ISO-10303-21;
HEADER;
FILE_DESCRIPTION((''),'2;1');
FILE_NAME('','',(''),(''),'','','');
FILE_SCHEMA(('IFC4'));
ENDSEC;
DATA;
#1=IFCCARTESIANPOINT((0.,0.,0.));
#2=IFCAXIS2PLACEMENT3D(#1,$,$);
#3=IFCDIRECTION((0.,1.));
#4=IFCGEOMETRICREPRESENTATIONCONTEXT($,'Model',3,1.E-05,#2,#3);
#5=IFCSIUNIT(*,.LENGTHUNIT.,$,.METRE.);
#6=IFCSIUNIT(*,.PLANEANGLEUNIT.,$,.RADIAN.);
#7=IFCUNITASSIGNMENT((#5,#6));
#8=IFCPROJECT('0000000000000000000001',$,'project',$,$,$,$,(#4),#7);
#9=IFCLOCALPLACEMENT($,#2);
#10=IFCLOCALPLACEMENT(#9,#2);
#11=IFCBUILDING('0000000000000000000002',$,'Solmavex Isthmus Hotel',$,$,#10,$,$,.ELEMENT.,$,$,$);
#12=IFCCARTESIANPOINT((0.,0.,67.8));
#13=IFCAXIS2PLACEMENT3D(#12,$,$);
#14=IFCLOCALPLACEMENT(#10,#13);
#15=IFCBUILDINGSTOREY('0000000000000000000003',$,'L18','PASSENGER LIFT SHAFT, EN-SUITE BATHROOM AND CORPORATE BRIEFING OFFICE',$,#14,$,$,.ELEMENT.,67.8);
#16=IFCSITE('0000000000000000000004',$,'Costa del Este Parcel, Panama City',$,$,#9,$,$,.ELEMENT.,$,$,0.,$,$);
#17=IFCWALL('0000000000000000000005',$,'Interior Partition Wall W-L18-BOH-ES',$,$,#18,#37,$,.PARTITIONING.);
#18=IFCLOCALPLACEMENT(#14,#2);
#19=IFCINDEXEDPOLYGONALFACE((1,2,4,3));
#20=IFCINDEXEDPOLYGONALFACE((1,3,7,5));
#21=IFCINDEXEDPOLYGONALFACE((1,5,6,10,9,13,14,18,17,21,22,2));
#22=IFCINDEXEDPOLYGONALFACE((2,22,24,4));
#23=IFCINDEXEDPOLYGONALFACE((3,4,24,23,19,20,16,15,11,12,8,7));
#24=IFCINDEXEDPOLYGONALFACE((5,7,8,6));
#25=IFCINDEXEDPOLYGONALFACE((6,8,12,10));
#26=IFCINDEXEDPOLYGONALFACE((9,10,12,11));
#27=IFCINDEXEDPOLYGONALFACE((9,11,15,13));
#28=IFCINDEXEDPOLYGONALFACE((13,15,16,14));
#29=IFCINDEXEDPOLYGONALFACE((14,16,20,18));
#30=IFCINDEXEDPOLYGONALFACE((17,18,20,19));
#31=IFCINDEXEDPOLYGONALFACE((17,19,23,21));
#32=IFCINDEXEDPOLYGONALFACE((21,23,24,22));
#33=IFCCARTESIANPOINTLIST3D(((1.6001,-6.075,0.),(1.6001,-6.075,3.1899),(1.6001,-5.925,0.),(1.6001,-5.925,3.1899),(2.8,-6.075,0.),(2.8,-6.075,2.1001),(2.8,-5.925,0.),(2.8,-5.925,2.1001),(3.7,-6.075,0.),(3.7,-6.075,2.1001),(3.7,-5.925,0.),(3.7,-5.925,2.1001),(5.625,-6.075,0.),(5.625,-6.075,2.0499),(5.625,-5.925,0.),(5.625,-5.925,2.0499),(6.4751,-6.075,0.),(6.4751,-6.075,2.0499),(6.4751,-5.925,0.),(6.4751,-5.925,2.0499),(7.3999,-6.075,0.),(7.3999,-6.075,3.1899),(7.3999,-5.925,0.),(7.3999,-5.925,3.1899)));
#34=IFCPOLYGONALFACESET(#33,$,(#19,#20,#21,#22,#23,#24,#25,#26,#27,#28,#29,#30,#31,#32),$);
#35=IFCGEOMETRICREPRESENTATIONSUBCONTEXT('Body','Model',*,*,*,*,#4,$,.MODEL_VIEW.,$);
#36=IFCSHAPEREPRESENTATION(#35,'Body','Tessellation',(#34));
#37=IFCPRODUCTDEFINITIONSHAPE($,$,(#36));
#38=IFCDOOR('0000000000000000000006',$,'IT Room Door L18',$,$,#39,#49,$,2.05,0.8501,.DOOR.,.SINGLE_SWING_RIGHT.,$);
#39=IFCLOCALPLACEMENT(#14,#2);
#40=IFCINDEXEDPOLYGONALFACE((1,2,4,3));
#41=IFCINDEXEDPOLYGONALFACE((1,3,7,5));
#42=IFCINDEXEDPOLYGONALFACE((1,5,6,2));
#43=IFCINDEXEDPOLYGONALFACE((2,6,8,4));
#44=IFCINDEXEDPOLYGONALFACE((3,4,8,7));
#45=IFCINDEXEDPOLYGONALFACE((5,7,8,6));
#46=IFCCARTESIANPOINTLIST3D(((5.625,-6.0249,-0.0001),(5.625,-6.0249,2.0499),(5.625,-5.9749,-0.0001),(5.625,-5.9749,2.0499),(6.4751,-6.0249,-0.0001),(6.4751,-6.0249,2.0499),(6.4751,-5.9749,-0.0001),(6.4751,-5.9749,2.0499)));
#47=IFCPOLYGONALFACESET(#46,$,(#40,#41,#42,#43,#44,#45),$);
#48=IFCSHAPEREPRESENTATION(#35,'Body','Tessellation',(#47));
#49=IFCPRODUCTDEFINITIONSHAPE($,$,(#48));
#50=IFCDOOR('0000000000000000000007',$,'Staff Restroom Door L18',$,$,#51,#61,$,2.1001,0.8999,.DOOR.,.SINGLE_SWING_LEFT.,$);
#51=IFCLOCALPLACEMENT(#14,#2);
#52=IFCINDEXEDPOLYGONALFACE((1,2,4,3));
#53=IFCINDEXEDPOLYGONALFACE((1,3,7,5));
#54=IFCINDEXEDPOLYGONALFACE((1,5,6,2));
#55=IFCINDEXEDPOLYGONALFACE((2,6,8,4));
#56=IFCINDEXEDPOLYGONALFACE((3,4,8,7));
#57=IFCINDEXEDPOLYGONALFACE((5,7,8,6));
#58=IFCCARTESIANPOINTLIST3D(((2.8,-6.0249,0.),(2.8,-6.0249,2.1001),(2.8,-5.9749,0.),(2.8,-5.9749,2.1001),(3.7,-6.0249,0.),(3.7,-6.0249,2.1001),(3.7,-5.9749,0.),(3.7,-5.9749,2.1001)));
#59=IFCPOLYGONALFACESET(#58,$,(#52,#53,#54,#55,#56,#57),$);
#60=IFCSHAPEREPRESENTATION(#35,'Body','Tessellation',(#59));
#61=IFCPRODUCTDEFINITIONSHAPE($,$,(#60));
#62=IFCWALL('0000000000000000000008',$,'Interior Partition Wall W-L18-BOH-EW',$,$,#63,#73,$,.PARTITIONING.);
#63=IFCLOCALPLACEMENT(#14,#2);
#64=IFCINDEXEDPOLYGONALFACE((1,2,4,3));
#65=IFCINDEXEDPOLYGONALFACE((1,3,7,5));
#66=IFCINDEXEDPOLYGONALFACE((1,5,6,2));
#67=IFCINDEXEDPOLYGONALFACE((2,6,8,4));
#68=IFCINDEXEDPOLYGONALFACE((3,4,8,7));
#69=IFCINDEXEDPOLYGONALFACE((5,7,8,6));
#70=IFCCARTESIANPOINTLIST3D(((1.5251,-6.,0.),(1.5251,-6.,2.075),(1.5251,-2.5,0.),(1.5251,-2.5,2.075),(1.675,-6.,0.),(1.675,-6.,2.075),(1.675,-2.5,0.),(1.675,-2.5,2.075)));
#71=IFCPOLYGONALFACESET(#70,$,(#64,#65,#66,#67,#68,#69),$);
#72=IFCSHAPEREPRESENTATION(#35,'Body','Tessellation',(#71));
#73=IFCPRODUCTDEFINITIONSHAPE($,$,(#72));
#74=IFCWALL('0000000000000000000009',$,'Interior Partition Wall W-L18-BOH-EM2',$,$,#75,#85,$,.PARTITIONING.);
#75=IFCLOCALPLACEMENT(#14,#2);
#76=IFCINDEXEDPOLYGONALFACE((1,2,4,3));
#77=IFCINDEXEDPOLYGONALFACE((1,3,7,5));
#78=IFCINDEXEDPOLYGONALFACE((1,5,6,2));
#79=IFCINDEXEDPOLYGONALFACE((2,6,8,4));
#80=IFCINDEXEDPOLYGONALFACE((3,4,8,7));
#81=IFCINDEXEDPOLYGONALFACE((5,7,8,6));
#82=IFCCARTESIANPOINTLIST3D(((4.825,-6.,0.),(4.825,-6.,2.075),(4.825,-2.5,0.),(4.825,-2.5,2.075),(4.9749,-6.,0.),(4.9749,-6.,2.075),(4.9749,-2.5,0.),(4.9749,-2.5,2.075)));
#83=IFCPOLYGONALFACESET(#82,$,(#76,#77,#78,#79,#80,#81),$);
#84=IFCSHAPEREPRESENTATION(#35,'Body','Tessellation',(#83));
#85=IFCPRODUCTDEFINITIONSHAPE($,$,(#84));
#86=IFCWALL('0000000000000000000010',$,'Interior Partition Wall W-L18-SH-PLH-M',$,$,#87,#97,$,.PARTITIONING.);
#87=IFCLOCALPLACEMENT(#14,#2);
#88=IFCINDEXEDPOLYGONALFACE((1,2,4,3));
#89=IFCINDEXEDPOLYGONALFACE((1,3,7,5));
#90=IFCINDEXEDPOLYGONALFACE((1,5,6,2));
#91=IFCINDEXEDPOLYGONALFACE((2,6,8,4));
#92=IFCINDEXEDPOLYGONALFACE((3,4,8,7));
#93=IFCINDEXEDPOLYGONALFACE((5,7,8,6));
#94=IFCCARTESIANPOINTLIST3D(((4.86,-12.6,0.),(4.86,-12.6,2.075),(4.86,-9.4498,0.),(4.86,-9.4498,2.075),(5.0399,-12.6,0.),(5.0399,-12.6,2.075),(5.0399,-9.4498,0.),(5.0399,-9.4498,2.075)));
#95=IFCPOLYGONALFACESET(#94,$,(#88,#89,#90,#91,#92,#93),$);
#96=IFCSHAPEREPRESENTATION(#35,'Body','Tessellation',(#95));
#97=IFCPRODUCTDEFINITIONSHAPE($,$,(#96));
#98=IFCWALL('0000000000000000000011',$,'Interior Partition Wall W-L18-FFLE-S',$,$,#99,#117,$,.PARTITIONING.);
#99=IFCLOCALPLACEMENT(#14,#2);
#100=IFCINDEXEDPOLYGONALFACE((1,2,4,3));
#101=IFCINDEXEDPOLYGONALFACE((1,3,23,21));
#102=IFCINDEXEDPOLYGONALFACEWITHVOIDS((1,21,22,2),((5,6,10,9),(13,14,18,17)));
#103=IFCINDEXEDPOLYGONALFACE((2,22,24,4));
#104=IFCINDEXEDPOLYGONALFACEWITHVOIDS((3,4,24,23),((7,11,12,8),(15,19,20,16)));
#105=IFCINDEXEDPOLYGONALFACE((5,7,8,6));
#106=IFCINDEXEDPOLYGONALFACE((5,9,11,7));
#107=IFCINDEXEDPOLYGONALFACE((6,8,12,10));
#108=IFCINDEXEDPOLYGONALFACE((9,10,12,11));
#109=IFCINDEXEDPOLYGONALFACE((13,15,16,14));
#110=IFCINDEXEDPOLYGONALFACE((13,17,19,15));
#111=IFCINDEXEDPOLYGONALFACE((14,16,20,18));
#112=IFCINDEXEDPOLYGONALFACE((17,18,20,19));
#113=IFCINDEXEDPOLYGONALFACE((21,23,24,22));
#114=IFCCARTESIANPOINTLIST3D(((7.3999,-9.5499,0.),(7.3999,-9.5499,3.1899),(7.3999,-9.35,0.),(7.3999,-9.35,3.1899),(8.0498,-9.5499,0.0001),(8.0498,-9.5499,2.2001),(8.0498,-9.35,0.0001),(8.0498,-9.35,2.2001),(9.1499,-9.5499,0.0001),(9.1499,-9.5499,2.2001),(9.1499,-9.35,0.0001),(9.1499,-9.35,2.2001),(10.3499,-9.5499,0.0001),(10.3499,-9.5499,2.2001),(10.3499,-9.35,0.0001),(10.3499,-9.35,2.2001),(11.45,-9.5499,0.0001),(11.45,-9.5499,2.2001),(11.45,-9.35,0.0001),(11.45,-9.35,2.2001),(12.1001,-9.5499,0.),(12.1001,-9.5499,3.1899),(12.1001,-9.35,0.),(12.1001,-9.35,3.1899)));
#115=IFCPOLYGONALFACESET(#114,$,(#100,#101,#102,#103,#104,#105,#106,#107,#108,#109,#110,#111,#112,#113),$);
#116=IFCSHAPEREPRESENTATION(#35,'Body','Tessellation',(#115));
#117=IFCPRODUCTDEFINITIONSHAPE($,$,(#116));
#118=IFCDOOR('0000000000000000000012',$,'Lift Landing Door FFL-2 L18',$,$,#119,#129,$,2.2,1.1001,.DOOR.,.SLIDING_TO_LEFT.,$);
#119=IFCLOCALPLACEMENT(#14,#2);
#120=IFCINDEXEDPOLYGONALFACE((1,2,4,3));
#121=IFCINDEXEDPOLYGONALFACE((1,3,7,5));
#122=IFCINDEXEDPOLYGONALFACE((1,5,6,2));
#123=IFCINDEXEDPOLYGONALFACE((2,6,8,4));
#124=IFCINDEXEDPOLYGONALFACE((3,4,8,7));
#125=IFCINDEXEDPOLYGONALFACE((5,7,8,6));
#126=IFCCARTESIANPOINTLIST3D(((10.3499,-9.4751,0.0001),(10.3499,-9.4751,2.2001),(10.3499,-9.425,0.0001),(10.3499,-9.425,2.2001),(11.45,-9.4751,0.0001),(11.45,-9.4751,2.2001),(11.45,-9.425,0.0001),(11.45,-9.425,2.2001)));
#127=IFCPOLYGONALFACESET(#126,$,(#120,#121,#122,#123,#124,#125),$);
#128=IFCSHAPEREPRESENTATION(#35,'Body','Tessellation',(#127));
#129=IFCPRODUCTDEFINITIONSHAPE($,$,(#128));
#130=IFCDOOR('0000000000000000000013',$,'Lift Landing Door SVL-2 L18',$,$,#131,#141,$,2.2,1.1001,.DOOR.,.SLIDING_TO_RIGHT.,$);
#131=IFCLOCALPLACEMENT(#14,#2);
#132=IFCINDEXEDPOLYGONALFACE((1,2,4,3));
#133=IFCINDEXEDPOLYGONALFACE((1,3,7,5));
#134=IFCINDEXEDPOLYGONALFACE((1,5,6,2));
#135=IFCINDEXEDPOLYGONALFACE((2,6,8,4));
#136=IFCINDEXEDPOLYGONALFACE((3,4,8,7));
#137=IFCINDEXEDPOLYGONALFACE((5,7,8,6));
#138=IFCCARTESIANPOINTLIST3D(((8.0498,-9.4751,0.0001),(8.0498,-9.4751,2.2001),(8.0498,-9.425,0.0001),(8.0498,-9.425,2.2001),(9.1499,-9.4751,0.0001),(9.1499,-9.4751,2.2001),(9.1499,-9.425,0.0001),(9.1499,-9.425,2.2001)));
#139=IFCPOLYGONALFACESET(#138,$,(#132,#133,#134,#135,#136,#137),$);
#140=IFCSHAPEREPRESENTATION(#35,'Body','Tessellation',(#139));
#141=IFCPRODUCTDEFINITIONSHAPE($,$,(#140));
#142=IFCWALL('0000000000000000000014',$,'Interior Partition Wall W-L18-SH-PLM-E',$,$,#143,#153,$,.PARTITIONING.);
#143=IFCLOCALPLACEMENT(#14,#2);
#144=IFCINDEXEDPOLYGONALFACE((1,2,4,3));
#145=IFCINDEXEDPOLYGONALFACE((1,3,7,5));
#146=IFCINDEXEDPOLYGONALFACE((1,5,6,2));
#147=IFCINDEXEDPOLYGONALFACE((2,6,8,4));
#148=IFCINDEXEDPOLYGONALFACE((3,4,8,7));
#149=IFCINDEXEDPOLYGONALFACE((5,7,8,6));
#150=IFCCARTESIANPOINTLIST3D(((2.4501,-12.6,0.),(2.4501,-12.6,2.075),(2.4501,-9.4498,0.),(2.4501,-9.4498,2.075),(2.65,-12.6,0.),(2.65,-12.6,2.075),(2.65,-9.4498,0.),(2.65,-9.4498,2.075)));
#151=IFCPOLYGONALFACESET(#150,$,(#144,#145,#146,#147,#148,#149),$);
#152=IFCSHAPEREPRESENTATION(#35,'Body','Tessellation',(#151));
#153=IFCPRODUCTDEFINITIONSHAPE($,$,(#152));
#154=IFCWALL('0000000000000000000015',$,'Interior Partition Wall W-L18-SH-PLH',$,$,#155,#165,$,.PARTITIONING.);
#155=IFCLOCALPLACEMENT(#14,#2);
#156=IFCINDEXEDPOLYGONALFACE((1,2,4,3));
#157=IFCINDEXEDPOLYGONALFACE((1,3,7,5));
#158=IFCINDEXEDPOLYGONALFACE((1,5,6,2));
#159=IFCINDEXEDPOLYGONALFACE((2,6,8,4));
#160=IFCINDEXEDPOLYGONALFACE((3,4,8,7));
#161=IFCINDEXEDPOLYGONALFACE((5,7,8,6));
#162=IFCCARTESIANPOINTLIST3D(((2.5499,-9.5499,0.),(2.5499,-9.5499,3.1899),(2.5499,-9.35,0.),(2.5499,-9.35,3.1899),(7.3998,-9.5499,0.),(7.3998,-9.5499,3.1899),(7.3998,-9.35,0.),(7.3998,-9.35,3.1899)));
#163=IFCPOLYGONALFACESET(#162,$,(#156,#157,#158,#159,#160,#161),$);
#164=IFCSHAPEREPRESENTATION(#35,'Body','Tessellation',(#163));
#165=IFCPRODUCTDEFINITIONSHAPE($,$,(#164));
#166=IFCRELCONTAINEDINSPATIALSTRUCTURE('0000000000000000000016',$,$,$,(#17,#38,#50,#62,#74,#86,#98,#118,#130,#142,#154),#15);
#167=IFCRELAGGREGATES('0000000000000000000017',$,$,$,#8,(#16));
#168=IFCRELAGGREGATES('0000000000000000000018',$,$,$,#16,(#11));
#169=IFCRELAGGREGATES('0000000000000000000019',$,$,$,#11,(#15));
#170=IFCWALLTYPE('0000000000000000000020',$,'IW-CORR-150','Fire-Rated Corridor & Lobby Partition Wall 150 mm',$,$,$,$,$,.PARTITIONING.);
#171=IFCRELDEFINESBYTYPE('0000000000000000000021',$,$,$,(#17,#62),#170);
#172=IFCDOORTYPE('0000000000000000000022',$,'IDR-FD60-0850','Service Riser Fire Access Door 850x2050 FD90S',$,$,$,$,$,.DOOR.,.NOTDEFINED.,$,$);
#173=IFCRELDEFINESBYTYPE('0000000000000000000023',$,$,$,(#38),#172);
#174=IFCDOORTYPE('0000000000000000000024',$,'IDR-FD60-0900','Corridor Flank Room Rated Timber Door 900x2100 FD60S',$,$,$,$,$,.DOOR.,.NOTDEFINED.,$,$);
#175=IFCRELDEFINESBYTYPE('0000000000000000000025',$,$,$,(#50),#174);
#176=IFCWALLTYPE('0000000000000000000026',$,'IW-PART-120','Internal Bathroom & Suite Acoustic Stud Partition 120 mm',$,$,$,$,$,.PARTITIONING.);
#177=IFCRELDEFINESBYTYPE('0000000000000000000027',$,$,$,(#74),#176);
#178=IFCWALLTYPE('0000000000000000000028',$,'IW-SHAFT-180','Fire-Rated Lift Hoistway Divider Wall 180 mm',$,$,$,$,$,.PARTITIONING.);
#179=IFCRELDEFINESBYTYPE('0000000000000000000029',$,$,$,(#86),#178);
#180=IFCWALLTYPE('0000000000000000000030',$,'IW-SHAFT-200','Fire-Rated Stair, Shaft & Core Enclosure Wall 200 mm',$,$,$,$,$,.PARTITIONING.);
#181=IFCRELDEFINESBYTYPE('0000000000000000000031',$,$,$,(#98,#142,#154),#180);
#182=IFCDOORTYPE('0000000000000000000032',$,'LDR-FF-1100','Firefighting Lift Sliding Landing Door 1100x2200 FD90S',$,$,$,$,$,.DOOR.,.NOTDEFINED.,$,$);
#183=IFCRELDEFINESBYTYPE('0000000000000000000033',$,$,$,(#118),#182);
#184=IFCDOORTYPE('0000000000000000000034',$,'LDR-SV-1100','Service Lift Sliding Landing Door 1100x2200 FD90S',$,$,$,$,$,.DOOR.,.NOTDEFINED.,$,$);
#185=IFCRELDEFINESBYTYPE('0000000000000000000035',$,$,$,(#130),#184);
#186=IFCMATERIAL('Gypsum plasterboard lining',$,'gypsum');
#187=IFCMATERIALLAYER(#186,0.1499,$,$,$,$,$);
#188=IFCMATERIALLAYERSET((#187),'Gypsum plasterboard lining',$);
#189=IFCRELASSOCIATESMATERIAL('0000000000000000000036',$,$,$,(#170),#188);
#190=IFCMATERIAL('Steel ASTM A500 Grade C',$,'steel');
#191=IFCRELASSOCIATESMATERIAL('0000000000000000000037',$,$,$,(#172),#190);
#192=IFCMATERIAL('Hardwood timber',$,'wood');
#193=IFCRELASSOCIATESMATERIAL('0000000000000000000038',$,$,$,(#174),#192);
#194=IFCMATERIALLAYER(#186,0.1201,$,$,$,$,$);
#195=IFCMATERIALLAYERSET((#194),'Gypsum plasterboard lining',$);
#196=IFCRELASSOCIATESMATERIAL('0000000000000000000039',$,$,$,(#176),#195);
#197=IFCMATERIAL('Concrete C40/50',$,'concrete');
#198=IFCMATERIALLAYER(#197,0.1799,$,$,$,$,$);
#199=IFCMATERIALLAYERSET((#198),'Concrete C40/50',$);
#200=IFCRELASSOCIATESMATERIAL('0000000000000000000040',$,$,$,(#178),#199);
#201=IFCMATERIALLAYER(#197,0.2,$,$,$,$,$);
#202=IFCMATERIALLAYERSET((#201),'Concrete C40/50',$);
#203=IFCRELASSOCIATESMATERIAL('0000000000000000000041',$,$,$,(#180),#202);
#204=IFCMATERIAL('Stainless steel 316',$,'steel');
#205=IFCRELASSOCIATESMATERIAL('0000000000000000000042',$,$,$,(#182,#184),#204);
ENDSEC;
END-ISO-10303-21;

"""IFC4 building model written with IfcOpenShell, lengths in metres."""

from ifc_helpers import new_model, si_unit, direction, frame, frame_2d, origin, place, context, subcontext, project, spatial, rectangle, extrude, material, layer, layer_set, type_object, element, fill, save


model = new_model("IFC4")

# Units and contexts
model_context = context("Model", 3, precision=1e-05, world=origin(), true_north=direction((0.0, 1.0)))
body_context = subcontext(model_context, "Body", "Model", "MODEL_VIEW")
ifc_project = project(units=[si_unit("LENGTHUNIT", "METRE"), si_unit("PLANEANGLEUNIT", "RADIAN")], contexts=[model_context])

# Site, building, storey
site_placement = place(None, origin())
site = spatial("IfcSite", under=ifc_project, at=site_placement, Name="Costa del Este Parcel, Panama City", CompositionType="ELEMENT", RefElevation=0.0)
building_placement = place(site_placement, origin())
building = spatial("IfcBuilding", under=site, at=building_placement, Name="Solmavex Isthmus Hotel", CompositionType="ELEMENT")
storey_placement = place(building_placement, frame((0.0, 0.0, 67.8)))
storey = spatial("IfcBuildingStorey", under=building, at=storey_placement, Name="L18", Description="PASSENGER LIFT SHAFT, EN-SUITE BATHROOM AND CORPORATE BRIEFING OFFICE", CompositionType="ELEMENT", Elevation=67.8)

# Wall, openings, doors
ifc_material_1 = material(Name="Gypsum plasterboard lining", Category="gypsum")
ifc_layer_1 = layer(ifc_material_1, 0.1499)
ifc_layer_set_1 = layer_set([ifc_layer_1], Name="Gypsum plasterboard lining")
wall_type_1 = type_object("IfcWallType", Name="IW-CORR-150", Description="Fire-Rated Corridor & Lobby Partition Wall 150 mm", PredefinedType="PARTITIONING", material=ifc_layer_set_1)
wall_1_placement = place(storey_placement, frame((1.6001, -6.0, 0.0), z_axis=(0.0, 0.0, 1.0), x_axis=(1.0, 0.0, 0.0)))
wall_1 = element("IfcWall", 1, at=wall_1_placement, inside=storey, type_object=wall_type_1, Name="Interior Partition Wall W-L18-BOH-ES", PredefinedType="PARTITIONING", context=body_context, shape_type="SweptSolid", body=[
    extrude(rectangle(XDim=5.7998, YDim=0.1499, at=frame_2d((2.8999, 0.0))), origin(), (0.0, 0.0, 1.0), 3.1899),
])
opening_1_placement = place(wall_1_placement, frame((1.2, 0.0, 0.0)))
opening_1 = element("IfcOpeningElement", 2, at=opening_1_placement, cuts=wall_1, PredefinedType="OPENING", context=body_context, shape_type="SweptSolid", body=[
    extrude(rectangle(XDim=0.8999, YDim=2.1001, at=frame_2d((0.45, 1.05))), frame((0.0, 0.085, 0.0), z_axis=(0.0, -1.0, 0.0), x_axis=(1.0, 0.0, 0.0)), (0.0, 0.0, 1.0), 0.1699),
])
opening_2_placement = place(wall_1_placement, frame((4.0249, 0.0, 0.0)))
opening_2 = element("IfcOpeningElement", 3, at=opening_2_placement, cuts=wall_1, PredefinedType="OPENING", context=body_context, shape_type="SweptSolid", body=[
    extrude(rectangle(XDim=0.8501, YDim=2.05, at=frame_2d((0.425, 1.0249))), frame((0.0, 0.085, 0.0), z_axis=(0.0, -1.0, 0.0), x_axis=(1.0, 0.0, 0.0)), (0.0, 0.0, 1.0), 0.1699),
])
ifc_material_2 = material(Name="Steel ASTM A500 Grade C", Category="steel")
door_type_1 = type_object("IfcDoorType", Name="IDR-FD60-0850", Description="Service Riser Fire Access Door 850x2050 FD90S", OperationType="NOTDEFINED", PredefinedType="DOOR", material=ifc_material_2)
door_1_placement = place(opening_2_placement, frame((0.8501, 0.0, 0.0), z_axis=(0.0, 0.0, 1.0), x_axis=(-1.0, 0.0, 0.0)))
door_1 = element("IfcDoor", 4, at=door_1_placement, inside=storey, type_object=door_type_1, Name="IT Room Door L18", OperationType="SINGLE_SWING_RIGHT", OverallHeight=2.05, OverallWidth=0.8501, PredefinedType="DOOR", context=body_context, shape_type="SweptSolid", body=[
    extrude(rectangle(XDim=0.8501, YDim=2.05, at=frame_2d((0.425, 1.0249))), frame((0.0, 0.0249, 0.0), z_axis=(0.0, -1.0, 0.0), x_axis=(1.0, 0.0, 0.0)), (0.0, 0.0, 1.0), 0.05),
])
fill(opening_2, door_1)
ifc_material_3 = material(Name="Hardwood timber", Category="wood")
door_type_2 = type_object("IfcDoorType", Name="IDR-FD60-0900", Description="Corridor Flank Room Rated Timber Door 900x2100 FD60S", OperationType="NOTDEFINED", PredefinedType="DOOR", material=ifc_material_3)
door_2_placement = place(opening_1_placement, frame((0.8999, 0.0, 0.0), z_axis=(0.0, 0.0, 1.0), x_axis=(-1.0, 0.0, 0.0)))
door_2 = element("IfcDoor", 5, at=door_2_placement, inside=storey, type_object=door_type_2, Name="Staff Restroom Door L18", OperationType="SINGLE_SWING_LEFT", OverallHeight=2.1001, OverallWidth=0.8999, PredefinedType="DOOR", context=body_context, shape_type="SweptSolid", body=[
    extrude(rectangle(XDim=0.8999, YDim=2.1001, at=frame_2d((0.45, 1.05))), frame((0.0, 0.0249, 0.0), z_axis=(0.0, -1.0, 0.0), x_axis=(1.0, 0.0, 0.0)), (0.0, 0.0, 1.0), 0.05),
])
fill(opening_1, door_2)

# Walls
wall_2_placement = place(storey_placement, frame((1.6001, -6.0, 0.0), z_axis=(0.0, 0.0, 1.0), x_axis=(0.0, 1.0, 0.0)))
element("IfcWall", 6, at=wall_2_placement, inside=storey, type_object=wall_type_1, Name="Interior Partition Wall W-L18-BOH-EW", PredefinedType="PARTITIONING", context=body_context, shape_type="SweptSolid", body=[
    extrude(rectangle(XDim=3.5, YDim=0.1499, at=frame_2d((1.75, 0.0))), origin(), (0.0, 0.0, 1.0), 2.075),
])
ifc_layer_2 = layer(ifc_material_1, 0.1201)
ifc_layer_set_2 = layer_set([ifc_layer_2], Name="Gypsum plasterboard lining")
wall_type_2 = type_object("IfcWallType", Name="IW-PART-120", Description="Internal Bathroom & Suite Acoustic Stud Partition 120 mm", PredefinedType="PARTITIONING", material=ifc_layer_set_2)
wall_3_placement = place(storey_placement, frame((4.8999, -6.0, 0.0), z_axis=(0.0, 0.0, 1.0), x_axis=(0.0, 1.0, 0.0)))
element("IfcWall", 7, at=wall_3_placement, inside=storey, type_object=wall_type_2, Name="Interior Partition Wall W-L18-BOH-EM2", PredefinedType="PARTITIONING", context=body_context, shape_type="SweptSolid", body=[
    extrude(rectangle(XDim=3.5, YDim=0.1499, at=frame_2d((1.75, 0.0))), origin(), (0.0, 0.0, 1.0), 2.075),
])
ifc_material_4 = material(Name="Concrete C40/50", Category="concrete")
ifc_layer_3 = layer(ifc_material_4, 0.1799)
ifc_layer_set_3 = layer_set([ifc_layer_3], Name="Concrete C40/50")
wall_type_3 = type_object("IfcWallType", Name="IW-SHAFT-180", Description="Fire-Rated Lift Hoistway Divider Wall 180 mm", PredefinedType="PARTITIONING", material=ifc_layer_set_3)
wall_4_placement = place(storey_placement, frame((4.95, -12.6001, 0.0), z_axis=(0.0, 0.0, 1.0), x_axis=(0.0, 1.0, 0.0)))
element("IfcWall", 8, at=wall_4_placement, inside=storey, type_object=wall_type_3, Name="Interior Partition Wall W-L18-SH-PLH-M", PredefinedType="PARTITIONING", context=body_context, shape_type="SweptSolid", body=[
    extrude(rectangle(XDim=3.1501, YDim=0.1799, at=frame_2d((1.5752, 0.0))), origin(), (0.0, 0.0, 1.0), 2.075),
])

# Wall, openings, doors
ifc_layer_4 = layer(ifc_material_4, 0.2)
ifc_layer_set_4 = layer_set([ifc_layer_4], Name="Concrete C40/50")
wall_type_4 = type_object("IfcWallType", Name="IW-SHAFT-200", Description="Fire-Rated Stair, Shaft & Core Enclosure Wall 200 mm", PredefinedType="PARTITIONING", material=ifc_layer_set_4)
wall_5_placement = place(storey_placement, frame((7.3999, -9.45, 0.0), z_axis=(0.0, 0.0, 1.0), x_axis=(1.0, 0.0, 0.0)))
wall_5 = element("IfcWall", 9, at=wall_5_placement, inside=storey, type_object=wall_type_4, Name="Interior Partition Wall W-L18-FFLE-S", PredefinedType="PARTITIONING", context=body_context, shape_type="SweptSolid", body=[
    extrude(rectangle(XDim=4.7002, YDim=0.2, at=frame_2d((2.3501, 0.0))), origin(), (0.0, 0.0, 1.0), 3.1899),
])
opening_3_placement = place(wall_5_placement, frame((2.95, 0.0, 0.0)))
opening_3 = element("IfcOpeningElement", 10, at=opening_3_placement, cuts=wall_5, PredefinedType="OPENING", context=body_context, shape_type="SweptSolid", body=[
    extrude(rectangle(XDim=1.1001, YDim=2.2, at=frame_2d((0.55, 1.1001))), frame((0.0, 0.1099, 0.0), z_axis=(0.0, -1.0, 0.0), x_axis=(1.0, 0.0, 0.0)), (0.0, 0.0, 1.0), 0.22),
])
opening_4_placement = place(wall_5_placement, frame((0.6499, 0.0, 0.0)))
opening_4 = element("IfcOpeningElement", 11, at=opening_4_placement, cuts=wall_5, PredefinedType="OPENING", context=body_context, shape_type="SweptSolid", body=[
    extrude(rectangle(XDim=1.1001, YDim=2.2, at=frame_2d((0.55, 1.1001))), frame((0.0, 0.1099, 0.0), z_axis=(0.0, -1.0, 0.0), x_axis=(1.0, 0.0, 0.0)), (0.0, 0.0, 1.0), 0.22),
])
ifc_material_5 = material(Name="Stainless steel 316", Category="steel")
door_type_3 = type_object("IfcDoorType", Name="LDR-FF-1100", Description="Firefighting Lift Sliding Landing Door 1100x2200 FD90S", OperationType="NOTDEFINED", PredefinedType="DOOR", material=ifc_material_5)
door_3_placement = place(opening_3_placement, origin())
door_3 = element("IfcDoor", 12, at=door_3_placement, inside=storey, type_object=door_type_3, Name="Lift Landing Door FFL-2 L18", OperationType="SLIDING_TO_LEFT", OverallHeight=2.2, OverallWidth=1.1001, PredefinedType="DOOR", context=body_context, shape_type="SweptSolid", body=[
    extrude(rectangle(XDim=1.1001, YDim=2.2, at=frame_2d((0.55, 1.1001))), frame((0.0, 0.0249, 0.0), z_axis=(0.0, -1.0, 0.0), x_axis=(1.0, 0.0, 0.0)), (0.0, 0.0, 1.0), 0.05),
])
fill(opening_3, door_3)
door_type_4 = type_object("IfcDoorType", Name="LDR-SV-1100", Description="Service Lift Sliding Landing Door 1100x2200 FD90S", OperationType="NOTDEFINED", PredefinedType="DOOR", material=ifc_material_5)
door_4_placement = place(opening_4_placement, origin())
door_4 = element("IfcDoor", 13, at=door_4_placement, inside=storey, type_object=door_type_4, Name="Lift Landing Door SVL-2 L18", OperationType="SLIDING_TO_RIGHT", OverallHeight=2.2, OverallWidth=1.1001, PredefinedType="DOOR", context=body_context, shape_type="SweptSolid", body=[
    extrude(rectangle(XDim=1.1001, YDim=2.2, at=frame_2d((0.55, 1.1001))), frame((0.0, 0.0249, 0.0), z_axis=(0.0, -1.0, 0.0), x_axis=(1.0, 0.0, 0.0)), (0.0, 0.0, 1.0), 0.05),
])
fill(opening_4, door_4)

# Walls
wall_6_placement = place(storey_placement, frame((2.55, -12.6001, 0.0), z_axis=(0.0, 0.0, 1.0), x_axis=(0.0, 1.0, 0.0)))
element("IfcWall", 14, at=wall_6_placement, inside=storey, type_object=wall_type_4, Name="Interior Partition Wall W-L18-SH-PLM-E", PredefinedType="PARTITIONING", context=body_context, shape_type="SweptSolid", body=[
    extrude(rectangle(XDim=3.1501, YDim=0.2, at=frame_2d((1.5752, 0.0))), origin(), (0.0, 0.0, 1.0), 2.075),
])
wall_7_placement = place(storey_placement, frame((2.55, -9.45, 0.0), z_axis=(0.0, 0.0, 1.0), x_axis=(1.0, 0.0, 0.0)))
element("IfcWall", 15, at=wall_7_placement, inside=storey, type_object=wall_type_4, Name="Interior Partition Wall W-L18-SH-PLH", PredefinedType="PARTITIONING", context=body_context, shape_type="SweptSolid", body=[
    extrude(rectangle(XDim=4.8499, YDim=0.2, at=frame_2d((2.4248, 0.0))), origin(), (0.0, 0.0, 1.0), 3.1899),
])

save(model, "model.ifc")
